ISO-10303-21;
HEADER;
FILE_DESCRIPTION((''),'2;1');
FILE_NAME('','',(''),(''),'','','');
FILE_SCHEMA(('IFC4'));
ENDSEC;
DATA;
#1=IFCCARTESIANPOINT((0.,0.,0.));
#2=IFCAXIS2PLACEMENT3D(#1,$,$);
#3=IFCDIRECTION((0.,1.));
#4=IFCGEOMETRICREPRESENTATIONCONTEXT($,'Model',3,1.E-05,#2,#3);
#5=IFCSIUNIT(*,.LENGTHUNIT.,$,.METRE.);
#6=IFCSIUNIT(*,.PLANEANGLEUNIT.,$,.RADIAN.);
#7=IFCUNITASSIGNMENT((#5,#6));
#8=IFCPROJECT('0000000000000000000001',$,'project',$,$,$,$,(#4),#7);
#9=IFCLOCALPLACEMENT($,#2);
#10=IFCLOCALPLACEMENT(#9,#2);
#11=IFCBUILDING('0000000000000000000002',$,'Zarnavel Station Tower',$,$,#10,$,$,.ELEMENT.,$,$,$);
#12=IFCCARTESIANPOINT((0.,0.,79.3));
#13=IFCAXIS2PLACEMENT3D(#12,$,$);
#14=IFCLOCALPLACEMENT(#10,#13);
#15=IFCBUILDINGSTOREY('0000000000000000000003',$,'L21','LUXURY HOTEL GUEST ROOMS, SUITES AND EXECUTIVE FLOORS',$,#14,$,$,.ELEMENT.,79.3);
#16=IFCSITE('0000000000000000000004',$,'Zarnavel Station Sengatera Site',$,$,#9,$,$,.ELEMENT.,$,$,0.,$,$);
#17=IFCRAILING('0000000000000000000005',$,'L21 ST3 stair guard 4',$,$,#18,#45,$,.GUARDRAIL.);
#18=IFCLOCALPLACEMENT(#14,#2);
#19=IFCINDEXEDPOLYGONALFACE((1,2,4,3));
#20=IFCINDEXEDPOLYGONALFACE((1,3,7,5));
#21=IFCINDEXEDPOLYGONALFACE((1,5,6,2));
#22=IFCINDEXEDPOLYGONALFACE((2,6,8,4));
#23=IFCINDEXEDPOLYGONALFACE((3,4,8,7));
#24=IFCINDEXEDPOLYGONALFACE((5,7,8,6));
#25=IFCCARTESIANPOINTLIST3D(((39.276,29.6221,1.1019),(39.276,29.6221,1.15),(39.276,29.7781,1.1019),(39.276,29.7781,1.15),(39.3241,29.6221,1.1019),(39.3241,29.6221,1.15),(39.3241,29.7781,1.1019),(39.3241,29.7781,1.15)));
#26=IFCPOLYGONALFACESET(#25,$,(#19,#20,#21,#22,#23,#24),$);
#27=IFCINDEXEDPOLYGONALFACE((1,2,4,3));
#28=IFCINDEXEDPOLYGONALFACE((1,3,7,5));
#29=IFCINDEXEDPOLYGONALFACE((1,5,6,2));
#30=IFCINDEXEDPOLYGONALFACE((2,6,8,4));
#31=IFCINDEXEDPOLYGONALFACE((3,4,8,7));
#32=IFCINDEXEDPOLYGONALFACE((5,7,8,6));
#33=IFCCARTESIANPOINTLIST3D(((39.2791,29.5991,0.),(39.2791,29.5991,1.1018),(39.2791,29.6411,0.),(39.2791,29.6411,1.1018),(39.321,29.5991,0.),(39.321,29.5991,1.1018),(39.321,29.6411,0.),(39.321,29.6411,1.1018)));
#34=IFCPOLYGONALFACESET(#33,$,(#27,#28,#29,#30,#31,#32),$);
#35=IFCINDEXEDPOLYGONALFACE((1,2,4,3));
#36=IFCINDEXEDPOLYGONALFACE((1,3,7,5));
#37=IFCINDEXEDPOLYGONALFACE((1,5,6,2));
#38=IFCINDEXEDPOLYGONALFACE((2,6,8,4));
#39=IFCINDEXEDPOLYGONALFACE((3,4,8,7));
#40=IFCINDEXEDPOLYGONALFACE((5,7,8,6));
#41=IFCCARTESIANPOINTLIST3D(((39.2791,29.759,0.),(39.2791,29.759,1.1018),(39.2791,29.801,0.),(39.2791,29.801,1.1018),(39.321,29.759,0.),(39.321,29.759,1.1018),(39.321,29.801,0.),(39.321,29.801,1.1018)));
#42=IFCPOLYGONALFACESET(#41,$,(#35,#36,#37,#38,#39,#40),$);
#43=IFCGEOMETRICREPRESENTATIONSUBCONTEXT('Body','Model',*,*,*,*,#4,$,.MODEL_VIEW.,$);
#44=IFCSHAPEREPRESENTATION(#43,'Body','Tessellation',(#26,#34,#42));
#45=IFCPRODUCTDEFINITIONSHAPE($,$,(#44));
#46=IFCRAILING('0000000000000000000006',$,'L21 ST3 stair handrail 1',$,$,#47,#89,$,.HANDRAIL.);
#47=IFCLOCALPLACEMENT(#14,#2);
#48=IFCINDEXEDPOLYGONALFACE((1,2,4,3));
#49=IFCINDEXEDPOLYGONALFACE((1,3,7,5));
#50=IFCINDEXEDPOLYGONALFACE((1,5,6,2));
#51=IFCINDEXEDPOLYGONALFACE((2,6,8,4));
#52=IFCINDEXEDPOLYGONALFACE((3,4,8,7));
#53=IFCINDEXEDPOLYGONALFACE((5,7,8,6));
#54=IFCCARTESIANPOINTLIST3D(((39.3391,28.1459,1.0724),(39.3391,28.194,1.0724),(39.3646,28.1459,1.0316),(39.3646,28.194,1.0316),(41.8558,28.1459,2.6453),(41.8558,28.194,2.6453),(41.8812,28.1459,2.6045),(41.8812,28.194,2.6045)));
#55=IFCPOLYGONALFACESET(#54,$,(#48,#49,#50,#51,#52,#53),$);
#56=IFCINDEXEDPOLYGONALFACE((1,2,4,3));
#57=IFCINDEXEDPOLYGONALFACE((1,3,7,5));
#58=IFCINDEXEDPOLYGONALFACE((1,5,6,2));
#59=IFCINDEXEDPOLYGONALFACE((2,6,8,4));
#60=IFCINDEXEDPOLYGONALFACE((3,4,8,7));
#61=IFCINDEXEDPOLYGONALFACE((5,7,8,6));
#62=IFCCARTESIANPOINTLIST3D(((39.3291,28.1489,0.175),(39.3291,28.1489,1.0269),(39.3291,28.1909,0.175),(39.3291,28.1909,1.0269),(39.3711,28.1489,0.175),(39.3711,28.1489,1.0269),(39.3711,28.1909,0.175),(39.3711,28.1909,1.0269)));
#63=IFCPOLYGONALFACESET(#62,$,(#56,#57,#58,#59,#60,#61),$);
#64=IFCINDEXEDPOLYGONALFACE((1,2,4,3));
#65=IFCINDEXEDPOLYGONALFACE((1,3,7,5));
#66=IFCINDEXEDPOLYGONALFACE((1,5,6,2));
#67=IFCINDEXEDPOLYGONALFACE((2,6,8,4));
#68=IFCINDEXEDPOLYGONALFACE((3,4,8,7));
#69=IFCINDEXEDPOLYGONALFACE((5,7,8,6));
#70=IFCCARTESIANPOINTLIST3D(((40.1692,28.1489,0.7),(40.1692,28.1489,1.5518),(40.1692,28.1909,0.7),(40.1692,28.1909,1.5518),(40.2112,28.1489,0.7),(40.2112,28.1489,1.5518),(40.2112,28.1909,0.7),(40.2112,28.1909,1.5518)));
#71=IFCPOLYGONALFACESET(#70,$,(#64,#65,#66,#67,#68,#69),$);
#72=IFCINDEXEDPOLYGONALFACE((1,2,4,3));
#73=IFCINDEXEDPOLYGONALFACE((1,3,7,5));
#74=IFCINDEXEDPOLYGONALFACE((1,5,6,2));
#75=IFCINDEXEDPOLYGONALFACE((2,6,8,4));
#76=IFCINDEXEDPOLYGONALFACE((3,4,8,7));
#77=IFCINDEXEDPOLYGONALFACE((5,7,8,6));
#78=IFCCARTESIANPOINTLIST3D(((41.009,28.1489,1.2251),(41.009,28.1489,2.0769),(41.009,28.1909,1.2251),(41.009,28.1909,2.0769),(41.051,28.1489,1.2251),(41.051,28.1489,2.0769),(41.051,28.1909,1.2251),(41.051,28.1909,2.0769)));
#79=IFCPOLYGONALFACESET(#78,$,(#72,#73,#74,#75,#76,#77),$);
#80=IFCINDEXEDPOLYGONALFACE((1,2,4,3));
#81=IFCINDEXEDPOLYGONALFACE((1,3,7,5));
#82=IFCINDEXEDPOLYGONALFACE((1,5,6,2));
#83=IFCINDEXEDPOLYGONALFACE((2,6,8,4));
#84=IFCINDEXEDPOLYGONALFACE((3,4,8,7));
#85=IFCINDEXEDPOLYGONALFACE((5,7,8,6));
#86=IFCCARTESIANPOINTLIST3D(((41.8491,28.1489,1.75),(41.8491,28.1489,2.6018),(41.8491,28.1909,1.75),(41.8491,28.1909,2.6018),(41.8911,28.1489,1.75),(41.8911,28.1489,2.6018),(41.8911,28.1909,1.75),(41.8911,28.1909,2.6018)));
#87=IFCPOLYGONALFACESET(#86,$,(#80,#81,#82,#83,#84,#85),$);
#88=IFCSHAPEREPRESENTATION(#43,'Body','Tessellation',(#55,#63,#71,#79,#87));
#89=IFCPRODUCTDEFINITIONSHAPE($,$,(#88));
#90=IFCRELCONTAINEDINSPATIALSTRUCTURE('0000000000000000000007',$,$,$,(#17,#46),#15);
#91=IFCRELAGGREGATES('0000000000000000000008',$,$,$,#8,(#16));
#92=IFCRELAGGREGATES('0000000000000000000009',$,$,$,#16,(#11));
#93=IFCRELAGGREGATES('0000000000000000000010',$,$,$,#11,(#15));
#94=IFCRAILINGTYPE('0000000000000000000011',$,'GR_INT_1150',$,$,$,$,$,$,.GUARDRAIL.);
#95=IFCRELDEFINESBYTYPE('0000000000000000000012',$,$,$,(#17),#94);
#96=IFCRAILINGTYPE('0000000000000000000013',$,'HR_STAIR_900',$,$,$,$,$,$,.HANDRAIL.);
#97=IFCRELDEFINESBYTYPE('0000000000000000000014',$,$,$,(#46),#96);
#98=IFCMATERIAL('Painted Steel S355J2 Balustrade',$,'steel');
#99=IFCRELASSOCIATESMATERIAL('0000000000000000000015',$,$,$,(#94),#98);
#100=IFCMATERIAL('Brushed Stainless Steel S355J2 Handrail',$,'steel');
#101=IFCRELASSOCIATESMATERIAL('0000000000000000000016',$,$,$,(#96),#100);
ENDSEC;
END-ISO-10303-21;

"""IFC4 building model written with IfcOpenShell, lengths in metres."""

from ifc_helpers import new_model, si_unit, direction, frame, origin, origin_2d, place, context, subcontext, project, spatial, rectangle, extrude, material, type_object, element, save


model = new_model("IFC4")

# Units and contexts
model_context = context("Model", 3, precision=1e-05, world=origin(), true_north=direction((0.0, 1.0)))
body_context = subcontext(model_context, "Body", "Model", "MODEL_VIEW")
ifc_project = project(units=[si_unit("LENGTHUNIT", "METRE"), si_unit("PLANEANGLEUNIT", "RADIAN")], contexts=[model_context])

# Site, building, storey
site_placement = place(None, origin())
site = spatial("IfcSite", under=ifc_project, at=site_placement, Name="Zarnavel Station Sengatera Site", CompositionType="ELEMENT", RefElevation=0.0)
building_placement = place(site_placement, origin())
building = spatial("IfcBuilding", under=site, at=building_placement, Name="Zarnavel Station Tower", CompositionType="ELEMENT")
storey_placement = place(building_placement, frame((0.0, 0.0, 79.3)))
storey = spatial("IfcBuildingStorey", under=building, at=storey_placement, Name="L21", Description="LUXURY HOTEL GUEST ROOMS, SUITES AND EXECUTIVE FLOORS", CompositionType="ELEMENT", Elevation=79.3)

# Railings
ifc_material_1 = material(Name="Painted Steel S355J2 Balustrade", Category="steel")
railing_type_1 = type_object("IfcRailingType", Name="GR_INT_1150", PredefinedType="GUARDRAIL", material=ifc_material_1)
railing_1_placement = place(storey_placement, frame((39.3, 29.6201, 0.0)))
element("IfcRailing", 1, at=railing_1_placement, inside=storey, type_object=railing_type_1, Name="L21 ST3 stair guard 4", PredefinedType="GUARDRAIL", context=body_context, shape_type="SweptSolid", body=[
    extrude(rectangle(XDim=0.0481, YDim=0.0481, at=origin_2d()), frame((0.0, 0.002, 1.126), z_axis=(0.0, 1.0, 0.0), x_axis=(-1.0, 0.0, 0.0)), (0.0, 0.0, 1.0), 0.156),
    extrude(rectangle(XDim=0.042, YDim=0.042, at=origin_2d()), origin(), (0.0, 0.0, 1.0), 1.1018),
    extrude(rectangle(XDim=0.042, YDim=0.042, at=origin_2d()), frame((0.0, 0.1599, 0.0)), (0.0, 0.0, 1.0), 1.1018),
])
ifc_material_2 = material(Name="Brushed Stainless Steel S355J2 Handrail", Category="steel")
railing_type_2 = type_object("IfcRailingType", Name="HR_STAIR_900", PredefinedType="HANDRAIL", material=ifc_material_2)
railing_2_placement = place(storey_placement, frame((39.3501, 28.1699, 0.175)))
element("IfcRailing", 2, at=railing_2_placement, inside=storey, type_object=railing_type_2, Name="L21 ST3 stair handrail 1", PredefinedType="HANDRAIL", context=body_context, shape_type="SweptSolid", body=[
    extrude(rectangle(XDim=0.0481, YDim=0.0481, at=origin_2d()), frame((0.0017, 0.0, 0.877), z_axis=(0.848008, 0.0, 0.529984), x_axis=(0.0, 1.0, 0.0)), (0.0, 0.0, 1.0), 2.9678),
    extrude(rectangle(XDim=0.042, YDim=0.042, at=origin_2d()), origin(), (0.0, 0.0, 1.0), 0.8518),
    extrude(rectangle(XDim=0.042, YDim=0.042, at=origin_2d()), frame((0.8401, 0.0, 0.5249)), (0.0, 0.0, 1.0), 0.8518),
    extrude(rectangle(XDim=0.042, YDim=0.042, at=origin_2d()), frame((1.6799, 0.0, 1.05)), (0.0, 0.0, 1.0), 0.8518),
    extrude(rectangle(XDim=0.042, YDim=0.042, at=origin_2d()), frame((2.52, 0.0, 1.575)), (0.0, 0.0, 1.0), 0.8518),
])

save(model, "model.ifc")
